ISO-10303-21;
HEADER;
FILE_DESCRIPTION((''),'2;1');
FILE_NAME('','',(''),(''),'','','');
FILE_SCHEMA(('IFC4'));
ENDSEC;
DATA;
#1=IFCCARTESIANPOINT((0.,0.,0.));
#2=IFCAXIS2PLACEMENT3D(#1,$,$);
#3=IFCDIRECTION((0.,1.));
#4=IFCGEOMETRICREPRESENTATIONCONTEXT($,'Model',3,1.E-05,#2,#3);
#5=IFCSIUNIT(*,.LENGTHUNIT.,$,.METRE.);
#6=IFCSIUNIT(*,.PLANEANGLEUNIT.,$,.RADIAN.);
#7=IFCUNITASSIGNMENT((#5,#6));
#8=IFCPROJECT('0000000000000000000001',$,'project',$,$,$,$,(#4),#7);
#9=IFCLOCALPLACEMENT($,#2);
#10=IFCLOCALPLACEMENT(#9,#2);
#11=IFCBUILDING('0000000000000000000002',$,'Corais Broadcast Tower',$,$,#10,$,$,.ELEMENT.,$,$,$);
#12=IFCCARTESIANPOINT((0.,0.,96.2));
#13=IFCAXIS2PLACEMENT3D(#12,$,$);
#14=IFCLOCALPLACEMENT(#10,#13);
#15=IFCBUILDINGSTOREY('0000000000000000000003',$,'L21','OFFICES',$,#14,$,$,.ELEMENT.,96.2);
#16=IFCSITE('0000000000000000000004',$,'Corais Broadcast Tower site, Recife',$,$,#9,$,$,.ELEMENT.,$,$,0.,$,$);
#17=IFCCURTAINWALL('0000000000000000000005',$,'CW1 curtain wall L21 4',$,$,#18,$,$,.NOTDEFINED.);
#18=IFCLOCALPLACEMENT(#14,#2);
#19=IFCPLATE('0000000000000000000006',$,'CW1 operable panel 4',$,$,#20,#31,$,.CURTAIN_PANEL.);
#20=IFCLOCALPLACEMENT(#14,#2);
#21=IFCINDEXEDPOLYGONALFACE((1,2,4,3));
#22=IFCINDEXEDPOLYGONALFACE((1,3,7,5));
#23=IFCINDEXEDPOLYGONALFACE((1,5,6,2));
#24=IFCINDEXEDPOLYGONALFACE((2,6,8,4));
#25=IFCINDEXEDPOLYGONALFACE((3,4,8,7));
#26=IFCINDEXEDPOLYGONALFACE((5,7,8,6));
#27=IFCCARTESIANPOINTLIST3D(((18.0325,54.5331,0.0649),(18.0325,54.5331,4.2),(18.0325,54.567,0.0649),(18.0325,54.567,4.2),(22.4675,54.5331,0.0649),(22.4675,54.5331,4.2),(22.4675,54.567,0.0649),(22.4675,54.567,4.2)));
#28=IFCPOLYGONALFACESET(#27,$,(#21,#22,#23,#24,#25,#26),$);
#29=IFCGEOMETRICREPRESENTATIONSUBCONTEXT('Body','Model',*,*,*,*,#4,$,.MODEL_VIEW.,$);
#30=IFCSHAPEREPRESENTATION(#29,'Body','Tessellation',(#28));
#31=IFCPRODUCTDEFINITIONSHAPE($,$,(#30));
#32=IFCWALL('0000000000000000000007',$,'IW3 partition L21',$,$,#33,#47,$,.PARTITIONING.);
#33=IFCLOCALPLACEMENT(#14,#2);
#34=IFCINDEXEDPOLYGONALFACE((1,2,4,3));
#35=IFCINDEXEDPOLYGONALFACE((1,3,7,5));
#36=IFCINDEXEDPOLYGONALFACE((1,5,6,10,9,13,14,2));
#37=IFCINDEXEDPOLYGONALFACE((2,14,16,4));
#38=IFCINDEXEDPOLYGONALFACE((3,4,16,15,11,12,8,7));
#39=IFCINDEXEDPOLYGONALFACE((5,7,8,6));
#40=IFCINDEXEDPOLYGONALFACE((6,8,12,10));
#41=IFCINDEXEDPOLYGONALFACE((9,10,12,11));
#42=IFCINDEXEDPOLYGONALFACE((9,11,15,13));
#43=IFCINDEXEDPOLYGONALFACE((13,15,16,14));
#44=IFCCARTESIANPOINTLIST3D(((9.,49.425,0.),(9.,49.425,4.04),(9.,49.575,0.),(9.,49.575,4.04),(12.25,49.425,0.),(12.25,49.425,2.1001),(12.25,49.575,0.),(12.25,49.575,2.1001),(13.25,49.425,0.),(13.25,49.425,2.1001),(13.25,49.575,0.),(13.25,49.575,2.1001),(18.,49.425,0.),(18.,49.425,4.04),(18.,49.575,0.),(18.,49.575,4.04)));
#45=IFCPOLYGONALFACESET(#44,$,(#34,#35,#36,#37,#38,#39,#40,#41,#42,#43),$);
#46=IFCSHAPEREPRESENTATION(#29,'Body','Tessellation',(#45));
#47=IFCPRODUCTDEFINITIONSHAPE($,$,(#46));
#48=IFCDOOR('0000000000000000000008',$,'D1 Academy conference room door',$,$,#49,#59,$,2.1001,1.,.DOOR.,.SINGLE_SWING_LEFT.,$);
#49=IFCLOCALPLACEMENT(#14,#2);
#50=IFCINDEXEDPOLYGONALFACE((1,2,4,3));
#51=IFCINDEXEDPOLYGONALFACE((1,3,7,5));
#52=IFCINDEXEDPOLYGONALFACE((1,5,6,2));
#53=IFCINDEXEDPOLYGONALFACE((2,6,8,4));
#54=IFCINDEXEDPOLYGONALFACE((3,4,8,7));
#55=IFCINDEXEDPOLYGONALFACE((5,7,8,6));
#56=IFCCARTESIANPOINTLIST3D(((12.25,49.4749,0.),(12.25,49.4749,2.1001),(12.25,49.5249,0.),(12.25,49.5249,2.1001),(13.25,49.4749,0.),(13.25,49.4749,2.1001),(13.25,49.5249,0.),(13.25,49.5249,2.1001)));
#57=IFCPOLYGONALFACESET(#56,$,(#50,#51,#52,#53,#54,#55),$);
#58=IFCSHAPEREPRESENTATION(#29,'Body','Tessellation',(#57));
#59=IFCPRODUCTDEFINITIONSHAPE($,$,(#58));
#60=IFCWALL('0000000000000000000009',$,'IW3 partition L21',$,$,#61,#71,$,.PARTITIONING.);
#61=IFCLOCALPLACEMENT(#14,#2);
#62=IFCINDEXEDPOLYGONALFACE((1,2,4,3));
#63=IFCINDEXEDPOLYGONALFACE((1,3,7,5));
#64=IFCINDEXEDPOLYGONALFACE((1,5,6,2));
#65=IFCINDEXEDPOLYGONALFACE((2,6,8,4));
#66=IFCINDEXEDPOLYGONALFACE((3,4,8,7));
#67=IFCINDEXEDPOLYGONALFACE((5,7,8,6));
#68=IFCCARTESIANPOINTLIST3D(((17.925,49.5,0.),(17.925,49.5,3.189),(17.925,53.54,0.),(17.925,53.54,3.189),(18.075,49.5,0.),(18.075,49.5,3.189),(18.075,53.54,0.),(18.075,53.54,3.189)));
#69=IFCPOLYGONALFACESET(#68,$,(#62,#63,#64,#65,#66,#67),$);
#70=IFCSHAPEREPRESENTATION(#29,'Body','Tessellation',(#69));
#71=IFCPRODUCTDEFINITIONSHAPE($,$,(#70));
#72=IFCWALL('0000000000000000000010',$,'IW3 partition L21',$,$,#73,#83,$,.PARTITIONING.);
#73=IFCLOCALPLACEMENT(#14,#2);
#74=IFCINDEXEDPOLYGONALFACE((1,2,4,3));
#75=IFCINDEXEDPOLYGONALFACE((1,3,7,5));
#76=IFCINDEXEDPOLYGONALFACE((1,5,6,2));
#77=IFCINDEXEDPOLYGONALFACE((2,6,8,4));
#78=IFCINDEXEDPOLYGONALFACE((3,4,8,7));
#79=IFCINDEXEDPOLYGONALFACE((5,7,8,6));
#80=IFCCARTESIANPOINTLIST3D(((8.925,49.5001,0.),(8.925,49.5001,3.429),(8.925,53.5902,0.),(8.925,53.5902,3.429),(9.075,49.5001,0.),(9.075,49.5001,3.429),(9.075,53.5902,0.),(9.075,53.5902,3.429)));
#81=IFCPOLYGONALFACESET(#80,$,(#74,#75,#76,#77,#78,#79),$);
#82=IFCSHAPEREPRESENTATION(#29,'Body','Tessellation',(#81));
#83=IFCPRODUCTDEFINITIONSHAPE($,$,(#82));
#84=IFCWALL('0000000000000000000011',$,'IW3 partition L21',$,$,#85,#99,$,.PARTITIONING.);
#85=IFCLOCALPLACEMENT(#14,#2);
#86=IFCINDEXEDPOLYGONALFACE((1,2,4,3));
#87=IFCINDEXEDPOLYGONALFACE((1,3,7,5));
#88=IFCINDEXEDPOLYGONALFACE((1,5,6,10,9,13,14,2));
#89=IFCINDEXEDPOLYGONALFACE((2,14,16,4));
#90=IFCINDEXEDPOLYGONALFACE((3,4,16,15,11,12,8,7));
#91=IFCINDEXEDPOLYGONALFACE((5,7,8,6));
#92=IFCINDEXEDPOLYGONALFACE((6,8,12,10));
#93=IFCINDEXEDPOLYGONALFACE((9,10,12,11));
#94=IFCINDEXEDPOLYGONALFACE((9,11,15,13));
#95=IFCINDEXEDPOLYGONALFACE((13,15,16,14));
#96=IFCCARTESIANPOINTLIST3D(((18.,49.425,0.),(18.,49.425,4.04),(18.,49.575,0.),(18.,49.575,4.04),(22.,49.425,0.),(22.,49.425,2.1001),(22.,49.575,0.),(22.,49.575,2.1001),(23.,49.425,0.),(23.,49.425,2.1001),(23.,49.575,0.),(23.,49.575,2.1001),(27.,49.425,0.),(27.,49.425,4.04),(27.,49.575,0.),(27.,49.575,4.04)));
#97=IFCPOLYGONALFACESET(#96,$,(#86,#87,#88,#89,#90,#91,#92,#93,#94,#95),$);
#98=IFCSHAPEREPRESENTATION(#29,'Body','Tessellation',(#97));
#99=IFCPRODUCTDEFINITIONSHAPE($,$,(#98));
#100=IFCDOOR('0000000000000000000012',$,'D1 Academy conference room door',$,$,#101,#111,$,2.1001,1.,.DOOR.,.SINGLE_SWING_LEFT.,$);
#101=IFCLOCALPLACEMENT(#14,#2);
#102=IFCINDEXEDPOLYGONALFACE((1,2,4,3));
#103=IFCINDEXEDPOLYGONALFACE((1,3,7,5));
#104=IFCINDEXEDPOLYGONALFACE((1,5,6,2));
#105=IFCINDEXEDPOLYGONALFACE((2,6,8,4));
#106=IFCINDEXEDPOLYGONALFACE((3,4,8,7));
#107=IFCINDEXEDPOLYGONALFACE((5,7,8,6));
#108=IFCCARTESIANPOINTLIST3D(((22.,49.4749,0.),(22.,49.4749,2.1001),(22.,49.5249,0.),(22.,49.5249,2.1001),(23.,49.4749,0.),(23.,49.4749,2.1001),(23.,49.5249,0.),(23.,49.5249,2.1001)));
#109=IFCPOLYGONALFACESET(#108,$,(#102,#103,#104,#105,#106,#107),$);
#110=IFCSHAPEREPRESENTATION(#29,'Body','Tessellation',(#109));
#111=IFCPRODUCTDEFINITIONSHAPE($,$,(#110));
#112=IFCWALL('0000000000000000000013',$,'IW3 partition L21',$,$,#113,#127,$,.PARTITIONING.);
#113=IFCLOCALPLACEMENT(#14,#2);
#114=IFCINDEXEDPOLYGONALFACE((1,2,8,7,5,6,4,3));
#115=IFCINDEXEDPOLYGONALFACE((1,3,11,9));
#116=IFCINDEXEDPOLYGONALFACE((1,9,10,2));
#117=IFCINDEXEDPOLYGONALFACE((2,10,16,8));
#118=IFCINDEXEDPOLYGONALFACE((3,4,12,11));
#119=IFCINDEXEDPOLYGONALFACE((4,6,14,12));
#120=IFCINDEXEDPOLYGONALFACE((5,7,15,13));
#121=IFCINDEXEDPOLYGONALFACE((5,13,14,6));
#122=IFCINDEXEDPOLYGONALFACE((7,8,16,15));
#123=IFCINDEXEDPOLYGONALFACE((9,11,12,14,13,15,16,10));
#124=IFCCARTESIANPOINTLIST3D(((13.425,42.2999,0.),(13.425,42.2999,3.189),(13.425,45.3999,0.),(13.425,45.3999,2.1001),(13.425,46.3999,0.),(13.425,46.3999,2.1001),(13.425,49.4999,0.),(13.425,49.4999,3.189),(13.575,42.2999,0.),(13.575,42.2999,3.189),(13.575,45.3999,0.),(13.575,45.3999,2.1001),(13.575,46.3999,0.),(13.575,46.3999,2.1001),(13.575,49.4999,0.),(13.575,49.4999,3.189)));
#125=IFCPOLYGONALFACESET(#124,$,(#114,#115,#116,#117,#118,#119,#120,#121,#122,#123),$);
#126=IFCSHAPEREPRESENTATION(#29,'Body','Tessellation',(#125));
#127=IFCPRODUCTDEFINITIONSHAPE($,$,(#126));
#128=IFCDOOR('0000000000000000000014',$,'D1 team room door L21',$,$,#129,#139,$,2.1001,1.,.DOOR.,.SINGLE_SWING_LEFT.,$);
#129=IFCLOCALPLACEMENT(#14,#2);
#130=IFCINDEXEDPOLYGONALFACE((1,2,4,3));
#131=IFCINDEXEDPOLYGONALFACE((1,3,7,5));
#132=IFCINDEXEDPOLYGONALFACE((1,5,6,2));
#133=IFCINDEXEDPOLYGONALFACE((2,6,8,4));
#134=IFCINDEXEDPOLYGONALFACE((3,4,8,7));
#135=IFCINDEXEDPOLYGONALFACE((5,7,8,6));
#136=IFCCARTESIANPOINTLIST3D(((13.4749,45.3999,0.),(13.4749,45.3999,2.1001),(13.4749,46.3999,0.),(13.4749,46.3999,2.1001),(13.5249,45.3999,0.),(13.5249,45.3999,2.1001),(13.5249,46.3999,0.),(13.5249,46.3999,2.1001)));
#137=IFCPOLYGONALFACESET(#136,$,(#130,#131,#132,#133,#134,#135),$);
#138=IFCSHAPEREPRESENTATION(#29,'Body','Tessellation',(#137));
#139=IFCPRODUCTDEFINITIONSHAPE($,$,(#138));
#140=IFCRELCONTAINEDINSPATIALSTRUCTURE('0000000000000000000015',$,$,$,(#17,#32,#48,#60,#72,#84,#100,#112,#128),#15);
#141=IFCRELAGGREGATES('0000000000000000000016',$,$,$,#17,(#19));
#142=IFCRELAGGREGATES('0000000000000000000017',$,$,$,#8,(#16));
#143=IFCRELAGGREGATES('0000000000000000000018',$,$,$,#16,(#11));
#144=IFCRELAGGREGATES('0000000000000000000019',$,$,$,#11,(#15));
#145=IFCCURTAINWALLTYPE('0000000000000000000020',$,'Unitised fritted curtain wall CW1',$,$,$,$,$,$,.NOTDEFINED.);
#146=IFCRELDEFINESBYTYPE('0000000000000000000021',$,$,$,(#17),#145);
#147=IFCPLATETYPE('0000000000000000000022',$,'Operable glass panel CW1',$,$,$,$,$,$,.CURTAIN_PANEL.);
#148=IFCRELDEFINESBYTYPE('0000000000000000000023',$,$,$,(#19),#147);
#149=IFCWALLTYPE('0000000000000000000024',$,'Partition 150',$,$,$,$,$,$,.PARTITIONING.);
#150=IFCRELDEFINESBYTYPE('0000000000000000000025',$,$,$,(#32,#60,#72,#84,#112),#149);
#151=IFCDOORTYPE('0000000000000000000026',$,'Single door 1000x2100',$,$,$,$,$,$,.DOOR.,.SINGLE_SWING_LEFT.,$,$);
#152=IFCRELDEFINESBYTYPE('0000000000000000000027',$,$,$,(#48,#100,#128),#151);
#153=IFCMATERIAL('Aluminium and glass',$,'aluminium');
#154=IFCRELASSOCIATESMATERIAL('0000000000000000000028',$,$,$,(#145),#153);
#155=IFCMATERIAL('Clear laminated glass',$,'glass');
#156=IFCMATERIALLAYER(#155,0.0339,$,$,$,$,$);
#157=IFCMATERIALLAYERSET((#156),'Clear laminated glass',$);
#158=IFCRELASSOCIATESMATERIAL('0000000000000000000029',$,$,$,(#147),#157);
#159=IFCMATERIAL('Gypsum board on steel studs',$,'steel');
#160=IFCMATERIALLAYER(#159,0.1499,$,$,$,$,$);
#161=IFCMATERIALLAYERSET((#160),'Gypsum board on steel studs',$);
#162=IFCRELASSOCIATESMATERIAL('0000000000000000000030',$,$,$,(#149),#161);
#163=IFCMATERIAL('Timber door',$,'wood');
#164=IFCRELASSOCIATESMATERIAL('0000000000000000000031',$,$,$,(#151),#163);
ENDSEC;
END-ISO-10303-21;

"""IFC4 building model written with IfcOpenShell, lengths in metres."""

from ifc_helpers import new_model, si_unit, direction, frame, frame_2d, origin, origin_2d, place, context, subcontext, project, spatial, rectangle, extrude, material, layer, layer_set, type_object, element, fill, aggregate, save


model = new_model("IFC4")

# Units and contexts
model_context = context("Model", 3, precision=1e-05, world=origin(), true_north=direction((0.0, 1.0)))
body_context = subcontext(model_context, "Body", "Model", "MODEL_VIEW")
ifc_project = project(units=[si_unit("LENGTHUNIT", "METRE"), si_unit("PLANEANGLEUNIT", "RADIAN")], contexts=[model_context])

# Site, building, storey
site_placement = place(None, origin())
site = spatial("IfcSite", under=ifc_project, at=site_placement, Name="Corais Broadcast Tower site, Recife", CompositionType="ELEMENT", RefElevation=0.0)
building_placement = place(site_placement, origin())
building = spatial("IfcBuilding", under=site, at=building_placement, Name="Corais Broadcast Tower", CompositionType="ELEMENT")
storey_placement = place(building_placement, frame((0.0, 0.0, 96.2)))
storey = spatial("IfcBuildingStorey", under=building, at=storey_placement, Name="L21", Description="OFFICES", CompositionType="ELEMENT", Elevation=96.2)

# Curtain wall
ifc_material_1 = material(Name="Aluminium and glass", Category="aluminium")
curtain_wall_type = type_object("IfcCurtainWallType", Name="Unitised fritted curtain wall CW1", PredefinedType="NOTDEFINED", material=ifc_material_1)
curtain_wall_placement = place(storey_placement, origin())
curtain_wall = element("IfcCurtainWall", 1, at=curtain_wall_placement, inside=storey, type_object=curtain_wall_type, Name="CW1 curtain wall L21 4", PredefinedType="NOTDEFINED")

# Plate
ifc_material_2 = material(Name="Clear laminated glass", Category="glass")
ifc_layer_1 = layer(ifc_material_2, 0.0339)
ifc_layer_set_1 = layer_set([ifc_layer_1], Name="Clear laminated glass")
plate_type_1 = type_object("IfcPlateType", Name="Operable glass panel CW1", PredefinedType="CURTAIN_PANEL", material=ifc_layer_set_1)
plate_1_placement = place(storey_placement, frame((20.25, 54.55, 0.0649), z_axis=(0.0, 0.0, 1.0), x_axis=(1.0, 0.0, 0.0)))
plate_1 = element("IfcPlate", 2, at=plate_1_placement, type_object=plate_type_1, Name="CW1 operable panel 4", PredefinedType="CURTAIN_PANEL", context=body_context, shape_type="SweptSolid", body=[
    extrude(rectangle(XDim=4.4351, YDim=0.0339, at=origin_2d()), origin(), (0.0, 0.0, 1.0), 4.135),
])
aggregate(curtain_wall, [plate_1])

# Wall, opening, door
ifc_material_3 = material(Name="Gypsum board on steel studs", Category="steel")
ifc_layer_2 = layer(ifc_material_3, 0.1499)
ifc_layer_set_2 = layer_set([ifc_layer_2], Name="Gypsum board on steel studs")
wall_type = type_object("IfcWallType", Name="Partition 150", PredefinedType="PARTITIONING", material=ifc_layer_set_2)
wall_1_placement = place(storey_placement, frame((9.0, 49.5, 0.0), z_axis=(0.0, 0.0, 1.0), x_axis=(1.0, 0.0, 0.0)))
wall_1 = element("IfcWall", 3, at=wall_1_placement, inside=storey, type_object=wall_type, Name="IW3 partition L21", PredefinedType="PARTITIONING", context=body_context, shape_type="SweptSolid", body=[
    extrude(rectangle(XDim=9.0, YDim=0.1499, at=frame_2d((4.5, 0.0))), origin(), (0.0, 0.0, 1.0), 4.04),
])
opening_1_placement = place(wall_1_placement, frame((3.25, 0.0, 0.0)))
opening_1 = element("IfcOpeningElement", 4, at=opening_1_placement, cuts=wall_1, PredefinedType="OPENING", context=body_context, shape_type="SweptSolid", body=[
    extrude(rectangle(XDim=1.0, YDim=2.1001, at=frame_2d((0.5, 1.05))), frame((0.0, 0.085, 0.0), z_axis=(0.0, -1.0, 0.0), x_axis=(1.0, 0.0, 0.0)), (0.0, 0.0, 1.0), 0.1699),
])
ifc_material_4 = material(Name="Timber door", Category="wood")
door_type = type_object("IfcDoorType", Name="Single door 1000x2100", OperationType="SINGLE_SWING_LEFT", PredefinedType="DOOR", material=ifc_material_4)
door_1_placement = place(opening_1_placement, origin())
door_1 = element("IfcDoor", 5, at=door_1_placement, inside=storey, type_object=door_type, Name="D1 Academy conference room door", OperationType="SINGLE_SWING_LEFT", OverallHeight=2.1001, OverallWidth=1.0, PredefinedType="DOOR", context=body_context, shape_type="SweptSolid", body=[
    extrude(rectangle(XDim=1.0, YDim=2.1001, at=frame_2d((0.5, 1.05))), frame((0.0, 0.0249, 0.0), z_axis=(0.0, -1.0, 0.0), x_axis=(1.0, 0.0, 0.0)), (0.0, 0.0, 1.0), 0.05),
])
fill(opening_1, door_1)

# Walls
wall_2_placement = place(storey_placement, frame((18.0, 49.5, 0.0), z_axis=(0.0, 0.0, 1.0), x_axis=(0.0, 1.0, 0.0)))
element("IfcWall", 6, at=wall_2_placement, inside=storey, type_object=wall_type, Name="IW3 partition L21", PredefinedType="PARTITIONING", context=body_context, shape_type="SweptSolid", body=[
    extrude(rectangle(XDim=4.04, YDim=0.1499, at=frame_2d((2.02, 0.0))), origin(), (0.0, 0.0, 1.0), 3.189),
])
wall_3_placement = place(storey_placement, frame((9.0, 53.5901, 0.0), z_axis=(0.0, 0.0, 1.0), x_axis=(0.0, -1.0, 0.0)))
element("IfcWall", 7, at=wall_3_placement, inside=storey, type_object=wall_type, Name="IW3 partition L21", PredefinedType="PARTITIONING", context=body_context, shape_type="SweptSolid", body=[
    extrude(rectangle(XDim=4.0901, YDim=0.1499, at=frame_2d((2.0449, 0.0))), origin(), (0.0, 0.0, 1.0), 3.429),
])

# Walls, openings, doors
wall_4_placement = place(storey_placement, frame((18.0, 49.5, 0.0), z_axis=(0.0, 0.0, 1.0), x_axis=(1.0, 0.0, 0.0)))
wall_4 = element("IfcWall", 8, at=wall_4_placement, inside=storey, type_object=wall_type, Name="IW3 partition L21", PredefinedType="PARTITIONING", context=body_context, shape_type="SweptSolid", body=[
    extrude(rectangle(XDim=9.0, YDim=0.1499, at=frame_2d((4.5, 0.0))), origin(), (0.0, 0.0, 1.0), 4.04),
])
opening_2_placement = place(wall_4_placement, frame((4.0, 0.0, 0.0)))
opening_2 = element("IfcOpeningElement", 9, at=opening_2_placement, cuts=wall_4, PredefinedType="OPENING", context=body_context, shape_type="SweptSolid", body=[
    extrude(rectangle(XDim=1.0, YDim=2.1001, at=frame_2d((0.5, 1.05))), frame((0.0, 0.085, 0.0), z_axis=(0.0, -1.0, 0.0), x_axis=(1.0, 0.0, 0.0)), (0.0, 0.0, 1.0), 0.1699),
])
door_2_placement = place(opening_2_placement, origin())
door_2 = element("IfcDoor", 10, at=door_2_placement, inside=storey, type_object=door_type, Name="D1 Academy conference room door", OperationType="SINGLE_SWING_LEFT", OverallHeight=2.1001, OverallWidth=1.0, PredefinedType="DOOR", context=body_context, shape_type="SweptSolid", body=[
    extrude(rectangle(XDim=1.0, YDim=2.1001, at=frame_2d((0.5, 1.05))), frame((0.0, 0.0249, 0.0), z_axis=(0.0, -1.0, 0.0), x_axis=(1.0, 0.0, 0.0)), (0.0, 0.0, 1.0), 0.05),
])
fill(opening_2, door_2)
wall_5_placement = place(storey_placement, frame((13.5, 49.5, 0.0), z_axis=(0.0, 0.0, 1.0), x_axis=(0.0, -1.0, 0.0)))
wall_5 = element("IfcWall", 11, at=wall_5_placement, inside=storey, type_object=wall_type, Name="IW3 partition L21", PredefinedType="PARTITIONING", context=body_context, shape_type="SweptSolid", body=[
    extrude(rectangle(XDim=7.2, YDim=0.1499, at=frame_2d((3.6001, 0.0))), origin(), (0.0, 0.0, 1.0), 3.189),
])
opening_3_placement = place(wall_5_placement, frame((3.1001, 0.0, 0.0)))
opening_3 = element("IfcOpeningElement", 12, at=opening_3_placement, cuts=wall_5, PredefinedType="OPENING", context=body_context, shape_type="SweptSolid", body=[
    extrude(rectangle(XDim=1.0, YDim=2.1001, at=frame_2d((0.5, 1.05))), frame((0.0, 0.085, 0.0), z_axis=(0.0, -1.0, 0.0), x_axis=(1.0, 0.0, 0.0)), (0.0, 0.0, 1.0), 0.1699),
])
door_3_placement = place(opening_3_placement, origin())
door_3 = element("IfcDoor", 13, at=door_3_placement, inside=storey, type_object=door_type, Name="D1 team room door L21", OperationType="SINGLE_SWING_LEFT", OverallHeight=2.1001, OverallWidth=1.0, PredefinedType="DOOR", context=body_context, shape_type="SweptSolid", body=[
    extrude(rectangle(XDim=1.0, YDim=2.1001, at=frame_2d((0.5, 1.05))), frame((0.0, 0.0249, 0.0), z_axis=(0.0, -1.0, 0.0), x_axis=(1.0, 0.0, 0.0)), (0.0, 0.0, 1.0), 0.05),
])
fill(opening_3, door_3)

save(model, "model.ifc")
